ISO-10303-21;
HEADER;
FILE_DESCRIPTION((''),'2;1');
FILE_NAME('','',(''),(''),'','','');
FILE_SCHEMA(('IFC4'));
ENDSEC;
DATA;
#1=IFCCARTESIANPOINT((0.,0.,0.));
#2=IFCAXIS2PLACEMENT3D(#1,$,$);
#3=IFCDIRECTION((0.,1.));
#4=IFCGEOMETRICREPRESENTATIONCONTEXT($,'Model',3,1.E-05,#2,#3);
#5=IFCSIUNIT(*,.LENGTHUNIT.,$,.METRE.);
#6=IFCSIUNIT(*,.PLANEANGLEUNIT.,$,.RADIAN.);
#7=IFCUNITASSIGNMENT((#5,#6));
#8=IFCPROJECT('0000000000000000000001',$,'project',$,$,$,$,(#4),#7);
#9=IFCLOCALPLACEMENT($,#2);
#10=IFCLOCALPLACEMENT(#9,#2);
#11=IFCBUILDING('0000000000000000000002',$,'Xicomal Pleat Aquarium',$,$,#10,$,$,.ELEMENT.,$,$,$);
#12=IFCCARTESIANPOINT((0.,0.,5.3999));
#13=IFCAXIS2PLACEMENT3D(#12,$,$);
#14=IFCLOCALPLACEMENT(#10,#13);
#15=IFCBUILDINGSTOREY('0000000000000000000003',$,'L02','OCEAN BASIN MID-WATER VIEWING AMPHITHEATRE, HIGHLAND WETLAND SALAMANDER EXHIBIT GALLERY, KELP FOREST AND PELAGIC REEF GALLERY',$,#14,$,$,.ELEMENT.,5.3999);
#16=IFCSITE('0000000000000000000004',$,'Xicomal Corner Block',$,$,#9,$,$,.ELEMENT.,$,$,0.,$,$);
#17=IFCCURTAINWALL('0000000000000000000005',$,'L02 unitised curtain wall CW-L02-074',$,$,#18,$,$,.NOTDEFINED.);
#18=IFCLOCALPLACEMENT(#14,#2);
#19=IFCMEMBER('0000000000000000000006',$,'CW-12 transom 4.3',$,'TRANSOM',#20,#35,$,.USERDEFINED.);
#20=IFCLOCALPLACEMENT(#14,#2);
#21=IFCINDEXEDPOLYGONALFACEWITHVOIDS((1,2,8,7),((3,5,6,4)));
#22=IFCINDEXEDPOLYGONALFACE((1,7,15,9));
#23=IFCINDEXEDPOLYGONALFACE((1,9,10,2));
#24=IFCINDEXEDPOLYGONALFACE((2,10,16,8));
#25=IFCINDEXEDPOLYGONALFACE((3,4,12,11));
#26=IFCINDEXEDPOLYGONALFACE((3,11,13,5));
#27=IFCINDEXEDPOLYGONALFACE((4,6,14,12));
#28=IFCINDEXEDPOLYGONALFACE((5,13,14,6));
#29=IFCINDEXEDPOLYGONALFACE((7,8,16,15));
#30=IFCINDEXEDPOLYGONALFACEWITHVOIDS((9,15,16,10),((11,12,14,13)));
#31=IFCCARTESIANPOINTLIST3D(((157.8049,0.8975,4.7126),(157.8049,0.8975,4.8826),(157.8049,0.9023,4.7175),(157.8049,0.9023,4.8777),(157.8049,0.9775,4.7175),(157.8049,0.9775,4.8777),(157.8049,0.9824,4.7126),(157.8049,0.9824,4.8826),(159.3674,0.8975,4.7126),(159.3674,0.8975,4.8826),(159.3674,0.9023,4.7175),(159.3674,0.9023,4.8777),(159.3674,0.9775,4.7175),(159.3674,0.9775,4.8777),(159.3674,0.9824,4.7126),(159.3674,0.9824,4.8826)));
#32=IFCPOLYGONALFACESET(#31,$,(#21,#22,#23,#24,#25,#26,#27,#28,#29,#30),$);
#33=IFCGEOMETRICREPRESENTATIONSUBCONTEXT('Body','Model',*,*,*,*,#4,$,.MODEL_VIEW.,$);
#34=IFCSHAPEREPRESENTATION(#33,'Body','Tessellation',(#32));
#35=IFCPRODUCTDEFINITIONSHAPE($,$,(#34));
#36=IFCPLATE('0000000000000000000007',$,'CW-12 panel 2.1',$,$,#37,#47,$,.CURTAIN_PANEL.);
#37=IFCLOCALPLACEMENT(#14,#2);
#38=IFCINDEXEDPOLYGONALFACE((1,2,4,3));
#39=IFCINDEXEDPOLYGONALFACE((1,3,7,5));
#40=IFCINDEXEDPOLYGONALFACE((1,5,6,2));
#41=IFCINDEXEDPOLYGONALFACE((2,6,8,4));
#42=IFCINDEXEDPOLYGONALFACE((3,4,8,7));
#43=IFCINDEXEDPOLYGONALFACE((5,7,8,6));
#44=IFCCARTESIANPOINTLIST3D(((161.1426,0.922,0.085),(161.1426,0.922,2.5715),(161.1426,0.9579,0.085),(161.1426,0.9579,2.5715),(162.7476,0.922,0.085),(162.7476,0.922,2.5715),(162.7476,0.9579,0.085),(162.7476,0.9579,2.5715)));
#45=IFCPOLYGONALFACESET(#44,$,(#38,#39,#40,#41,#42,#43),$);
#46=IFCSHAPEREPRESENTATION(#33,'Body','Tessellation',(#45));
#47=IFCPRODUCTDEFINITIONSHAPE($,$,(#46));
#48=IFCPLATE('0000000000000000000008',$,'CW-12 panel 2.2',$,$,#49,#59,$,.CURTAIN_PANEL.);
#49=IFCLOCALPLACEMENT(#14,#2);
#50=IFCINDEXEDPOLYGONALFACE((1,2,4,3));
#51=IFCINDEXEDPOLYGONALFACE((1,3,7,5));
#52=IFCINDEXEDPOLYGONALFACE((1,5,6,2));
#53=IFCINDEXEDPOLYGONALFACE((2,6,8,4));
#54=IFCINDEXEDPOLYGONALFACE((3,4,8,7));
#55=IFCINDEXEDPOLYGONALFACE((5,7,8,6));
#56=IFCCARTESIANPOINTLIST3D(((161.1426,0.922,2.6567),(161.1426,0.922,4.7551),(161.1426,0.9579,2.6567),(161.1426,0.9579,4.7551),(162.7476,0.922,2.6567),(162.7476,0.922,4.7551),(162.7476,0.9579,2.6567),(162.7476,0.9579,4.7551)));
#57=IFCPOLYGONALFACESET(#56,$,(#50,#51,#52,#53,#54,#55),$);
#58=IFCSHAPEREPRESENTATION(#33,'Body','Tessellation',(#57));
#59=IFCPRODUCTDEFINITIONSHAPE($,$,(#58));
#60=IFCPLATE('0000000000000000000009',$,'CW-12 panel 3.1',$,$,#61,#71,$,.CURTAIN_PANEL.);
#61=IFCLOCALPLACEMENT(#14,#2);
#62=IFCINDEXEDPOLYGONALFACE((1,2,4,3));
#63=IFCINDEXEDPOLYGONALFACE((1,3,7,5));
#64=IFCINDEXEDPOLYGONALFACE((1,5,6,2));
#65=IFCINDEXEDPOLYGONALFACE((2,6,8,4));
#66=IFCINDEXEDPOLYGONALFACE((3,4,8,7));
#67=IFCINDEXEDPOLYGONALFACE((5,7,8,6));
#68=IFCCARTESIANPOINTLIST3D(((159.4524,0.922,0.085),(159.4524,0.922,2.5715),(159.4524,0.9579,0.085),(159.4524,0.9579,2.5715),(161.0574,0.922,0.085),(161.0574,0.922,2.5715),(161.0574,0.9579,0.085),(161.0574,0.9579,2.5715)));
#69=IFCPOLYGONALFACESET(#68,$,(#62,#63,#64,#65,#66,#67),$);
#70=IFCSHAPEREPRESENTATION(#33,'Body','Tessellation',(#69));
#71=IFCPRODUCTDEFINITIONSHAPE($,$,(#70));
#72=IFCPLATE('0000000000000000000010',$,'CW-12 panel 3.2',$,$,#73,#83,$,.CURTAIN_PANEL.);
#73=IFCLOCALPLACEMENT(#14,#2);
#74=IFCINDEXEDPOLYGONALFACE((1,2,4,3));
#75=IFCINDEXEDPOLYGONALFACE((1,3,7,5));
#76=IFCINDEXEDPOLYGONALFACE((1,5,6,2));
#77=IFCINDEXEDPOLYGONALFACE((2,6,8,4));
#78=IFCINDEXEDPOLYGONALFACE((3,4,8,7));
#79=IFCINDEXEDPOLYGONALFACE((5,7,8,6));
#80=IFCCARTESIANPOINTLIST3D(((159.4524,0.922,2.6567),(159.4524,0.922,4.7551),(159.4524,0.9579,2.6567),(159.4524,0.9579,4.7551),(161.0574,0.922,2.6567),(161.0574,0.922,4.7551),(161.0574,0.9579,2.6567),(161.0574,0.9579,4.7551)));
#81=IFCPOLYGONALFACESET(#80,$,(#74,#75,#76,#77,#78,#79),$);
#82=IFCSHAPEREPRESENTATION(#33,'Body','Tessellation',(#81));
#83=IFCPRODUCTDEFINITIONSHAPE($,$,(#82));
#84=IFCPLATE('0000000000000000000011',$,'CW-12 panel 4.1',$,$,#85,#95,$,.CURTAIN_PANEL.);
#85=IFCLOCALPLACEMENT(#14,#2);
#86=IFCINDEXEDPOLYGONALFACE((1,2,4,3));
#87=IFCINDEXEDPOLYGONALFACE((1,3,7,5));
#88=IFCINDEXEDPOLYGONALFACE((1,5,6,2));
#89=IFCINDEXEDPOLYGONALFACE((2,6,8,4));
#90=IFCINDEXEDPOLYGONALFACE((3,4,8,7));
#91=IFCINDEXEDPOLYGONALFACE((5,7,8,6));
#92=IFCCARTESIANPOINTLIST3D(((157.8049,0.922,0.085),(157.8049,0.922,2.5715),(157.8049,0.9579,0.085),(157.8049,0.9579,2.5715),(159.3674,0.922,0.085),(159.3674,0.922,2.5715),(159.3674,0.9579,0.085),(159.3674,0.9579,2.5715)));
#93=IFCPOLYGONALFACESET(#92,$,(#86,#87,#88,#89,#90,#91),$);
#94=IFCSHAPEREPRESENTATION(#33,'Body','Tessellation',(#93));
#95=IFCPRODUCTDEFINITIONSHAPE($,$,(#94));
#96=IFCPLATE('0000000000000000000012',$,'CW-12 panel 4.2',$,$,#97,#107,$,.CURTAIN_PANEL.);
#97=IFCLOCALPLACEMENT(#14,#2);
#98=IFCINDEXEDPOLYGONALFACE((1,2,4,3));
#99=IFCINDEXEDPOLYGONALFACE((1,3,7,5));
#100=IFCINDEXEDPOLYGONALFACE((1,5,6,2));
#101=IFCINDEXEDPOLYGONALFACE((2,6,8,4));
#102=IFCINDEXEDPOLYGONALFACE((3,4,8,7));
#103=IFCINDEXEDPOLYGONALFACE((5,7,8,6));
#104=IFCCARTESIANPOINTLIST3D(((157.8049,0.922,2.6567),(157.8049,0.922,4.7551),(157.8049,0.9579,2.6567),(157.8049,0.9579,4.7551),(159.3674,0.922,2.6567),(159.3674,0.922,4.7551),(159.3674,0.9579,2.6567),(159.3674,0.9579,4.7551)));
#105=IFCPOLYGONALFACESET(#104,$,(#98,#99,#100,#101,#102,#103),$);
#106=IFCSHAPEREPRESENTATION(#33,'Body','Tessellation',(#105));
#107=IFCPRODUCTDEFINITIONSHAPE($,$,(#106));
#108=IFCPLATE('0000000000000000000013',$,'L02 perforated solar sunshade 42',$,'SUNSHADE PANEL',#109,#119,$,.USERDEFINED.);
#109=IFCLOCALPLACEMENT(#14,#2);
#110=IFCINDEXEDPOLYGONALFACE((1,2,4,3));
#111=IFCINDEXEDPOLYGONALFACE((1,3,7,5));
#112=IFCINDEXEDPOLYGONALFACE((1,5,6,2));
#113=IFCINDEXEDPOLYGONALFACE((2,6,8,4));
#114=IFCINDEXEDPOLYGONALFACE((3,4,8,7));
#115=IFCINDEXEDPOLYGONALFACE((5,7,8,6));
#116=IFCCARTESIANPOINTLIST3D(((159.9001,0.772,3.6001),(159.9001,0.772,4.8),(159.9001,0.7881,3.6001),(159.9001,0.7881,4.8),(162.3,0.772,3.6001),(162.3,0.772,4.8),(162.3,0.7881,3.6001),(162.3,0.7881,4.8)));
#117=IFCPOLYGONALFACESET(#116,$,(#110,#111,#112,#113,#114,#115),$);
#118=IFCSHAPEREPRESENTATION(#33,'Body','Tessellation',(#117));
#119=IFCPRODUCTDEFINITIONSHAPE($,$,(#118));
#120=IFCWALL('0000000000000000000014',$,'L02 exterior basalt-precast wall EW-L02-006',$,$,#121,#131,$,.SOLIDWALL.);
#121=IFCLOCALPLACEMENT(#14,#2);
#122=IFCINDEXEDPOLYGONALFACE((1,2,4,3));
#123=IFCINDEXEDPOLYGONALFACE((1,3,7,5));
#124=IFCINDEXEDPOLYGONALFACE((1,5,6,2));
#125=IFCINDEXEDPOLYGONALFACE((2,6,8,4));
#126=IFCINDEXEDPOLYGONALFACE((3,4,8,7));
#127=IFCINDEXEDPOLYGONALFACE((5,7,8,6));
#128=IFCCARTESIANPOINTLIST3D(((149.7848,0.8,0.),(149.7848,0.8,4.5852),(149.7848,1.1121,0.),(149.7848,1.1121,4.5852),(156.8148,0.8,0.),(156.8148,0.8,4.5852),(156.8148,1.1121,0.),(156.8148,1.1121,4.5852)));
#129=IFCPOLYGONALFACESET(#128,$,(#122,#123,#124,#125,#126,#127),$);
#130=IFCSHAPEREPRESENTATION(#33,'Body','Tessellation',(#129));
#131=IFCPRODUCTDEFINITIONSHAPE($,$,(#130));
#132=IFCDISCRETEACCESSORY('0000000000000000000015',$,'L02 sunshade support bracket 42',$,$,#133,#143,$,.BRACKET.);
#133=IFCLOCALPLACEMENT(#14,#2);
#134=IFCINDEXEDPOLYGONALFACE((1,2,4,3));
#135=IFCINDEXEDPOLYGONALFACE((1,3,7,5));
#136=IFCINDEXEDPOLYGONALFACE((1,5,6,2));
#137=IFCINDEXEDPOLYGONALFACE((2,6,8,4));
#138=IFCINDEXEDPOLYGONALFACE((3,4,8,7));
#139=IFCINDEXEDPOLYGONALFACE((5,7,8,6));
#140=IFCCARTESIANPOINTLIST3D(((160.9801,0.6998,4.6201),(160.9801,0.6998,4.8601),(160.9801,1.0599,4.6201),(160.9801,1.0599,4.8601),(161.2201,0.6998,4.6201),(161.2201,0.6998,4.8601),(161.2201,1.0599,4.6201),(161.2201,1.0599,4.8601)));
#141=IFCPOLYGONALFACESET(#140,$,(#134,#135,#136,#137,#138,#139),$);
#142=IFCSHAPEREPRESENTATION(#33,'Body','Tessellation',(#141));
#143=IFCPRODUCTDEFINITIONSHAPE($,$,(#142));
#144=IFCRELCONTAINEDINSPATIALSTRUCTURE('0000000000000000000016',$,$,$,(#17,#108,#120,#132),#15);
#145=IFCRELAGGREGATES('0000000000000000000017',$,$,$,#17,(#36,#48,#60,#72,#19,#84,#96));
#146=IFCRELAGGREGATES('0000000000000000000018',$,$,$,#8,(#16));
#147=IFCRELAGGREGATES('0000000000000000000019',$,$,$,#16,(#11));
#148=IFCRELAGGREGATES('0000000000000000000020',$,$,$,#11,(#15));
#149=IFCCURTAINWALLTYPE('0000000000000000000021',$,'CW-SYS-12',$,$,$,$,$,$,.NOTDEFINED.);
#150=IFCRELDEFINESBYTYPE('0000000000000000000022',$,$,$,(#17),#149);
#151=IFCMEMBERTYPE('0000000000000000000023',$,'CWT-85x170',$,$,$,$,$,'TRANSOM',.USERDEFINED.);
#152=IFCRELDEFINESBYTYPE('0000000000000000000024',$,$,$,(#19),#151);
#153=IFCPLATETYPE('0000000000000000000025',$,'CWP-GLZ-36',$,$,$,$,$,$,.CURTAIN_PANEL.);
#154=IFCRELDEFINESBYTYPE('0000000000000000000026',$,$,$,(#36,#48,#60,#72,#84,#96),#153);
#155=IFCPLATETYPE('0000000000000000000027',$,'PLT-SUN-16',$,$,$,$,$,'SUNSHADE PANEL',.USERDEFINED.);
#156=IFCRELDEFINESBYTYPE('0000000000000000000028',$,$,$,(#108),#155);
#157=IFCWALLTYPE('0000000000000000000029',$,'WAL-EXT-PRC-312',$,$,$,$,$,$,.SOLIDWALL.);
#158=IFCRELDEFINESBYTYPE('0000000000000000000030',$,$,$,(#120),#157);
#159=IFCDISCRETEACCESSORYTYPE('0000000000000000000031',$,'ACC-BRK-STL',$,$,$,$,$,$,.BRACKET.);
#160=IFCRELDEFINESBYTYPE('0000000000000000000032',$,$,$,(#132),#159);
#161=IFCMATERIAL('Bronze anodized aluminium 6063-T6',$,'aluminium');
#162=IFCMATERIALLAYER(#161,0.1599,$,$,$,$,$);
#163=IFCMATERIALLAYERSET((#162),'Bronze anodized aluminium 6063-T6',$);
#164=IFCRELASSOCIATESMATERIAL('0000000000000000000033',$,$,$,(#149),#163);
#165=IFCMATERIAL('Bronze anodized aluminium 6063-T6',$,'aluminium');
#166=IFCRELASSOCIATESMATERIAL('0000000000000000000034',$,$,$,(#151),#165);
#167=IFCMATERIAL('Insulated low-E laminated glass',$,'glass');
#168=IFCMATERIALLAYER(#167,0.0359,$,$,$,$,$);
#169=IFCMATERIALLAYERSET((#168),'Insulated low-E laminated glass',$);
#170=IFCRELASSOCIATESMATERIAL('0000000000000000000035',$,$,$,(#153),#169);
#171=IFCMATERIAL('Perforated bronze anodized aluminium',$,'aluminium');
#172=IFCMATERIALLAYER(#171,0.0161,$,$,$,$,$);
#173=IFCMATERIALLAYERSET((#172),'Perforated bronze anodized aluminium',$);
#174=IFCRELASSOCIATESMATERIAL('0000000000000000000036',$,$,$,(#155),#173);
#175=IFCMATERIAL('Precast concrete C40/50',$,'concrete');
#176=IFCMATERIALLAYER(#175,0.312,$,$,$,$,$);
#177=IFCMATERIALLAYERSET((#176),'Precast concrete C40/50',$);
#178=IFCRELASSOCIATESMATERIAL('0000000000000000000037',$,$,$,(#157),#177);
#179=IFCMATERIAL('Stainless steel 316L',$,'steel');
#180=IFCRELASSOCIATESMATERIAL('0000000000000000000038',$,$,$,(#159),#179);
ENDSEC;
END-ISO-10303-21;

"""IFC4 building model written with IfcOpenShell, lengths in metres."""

from ifc_helpers import new_model, si_unit, direction, frame, frame_2d, origin, origin_2d, place, context, subcontext, project, spatial, rectangle, hollow_rectangle, extrude, material, layer, layer_set, material_profile, profile_set, type_object, element, aggregate, save


model = new_model("IFC4")

# Units and contexts
model_context = context("Model", 3, precision=1e-05, world=origin(), true_north=direction((0.0, 1.0)))
body_context = subcontext(model_context, "Body", "Model", "MODEL_VIEW")
ifc_project = project(units=[si_unit("LENGTHUNIT", "METRE"), si_unit("PLANEANGLEUNIT", "RADIAN")], contexts=[model_context])

# Site, building, storey
site_placement = place(None, origin())
site = spatial("IfcSite", under=ifc_project, at=site_placement, Name="Xicomal Corner Block", CompositionType="ELEMENT", RefElevation=0.0)
building_placement = place(site_placement, origin())
building = spatial("IfcBuilding", under=site, at=building_placement, Name="Xicomal Pleat Aquarium", CompositionType="ELEMENT")
storey_placement = place(building_placement, frame((0.0, 0.0, 5.3999)))
storey = spatial("IfcBuildingStorey", under=building, at=storey_placement, Name="L02", Description="OCEAN BASIN MID-WATER VIEWING AMPHITHEATRE, HIGHLAND WETLAND SALAMANDER EXHIBIT GALLERY, KELP FOREST AND PELAGIC REEF GALLERY", CompositionType="ELEMENT", Elevation=5.3999)

# Curtain wall, member, plates
ifc_material_1 = material(Name="Bronze anodized aluminium 6063-T6", Category="aluminium")
ifc_layer_1 = layer(ifc_material_1, 0.1599)
ifc_layer_set_1 = layer_set([ifc_layer_1], Name="Bronze anodized aluminium 6063-T6")
curtain_wall_type = type_object("IfcCurtainWallType", Name="CW-SYS-12", PredefinedType="NOTDEFINED", material=ifc_layer_set_1)
curtain_wall_placement = place(storey_placement, origin())
curtain_wall = element("IfcCurtainWall", 1, at=curtain_wall_placement, inside=storey, type_object=curtain_wall_type, Name="L02 unitised curtain wall CW-L02-074", PredefinedType="NOTDEFINED")
ifc_material_2 = material(Name="Bronze anodized aluminium 6063-T6", Category="aluminium")
ifc_material_profile_1 = material_profile(ifc_material_2, hollow_rectangle(XDim=0.085, YDim=0.1699, WallThickness=0.0049, at=origin_2d()), Name="ALU TRAN 85x170")
ifc_profile_set_1 = profile_set([ifc_material_profile_1], Name="Bronze anodized aluminium 6063-T6")
member_type_1 = type_object("IfcMemberType", Name="CWT-85x170", ElementType="TRANSOM", PredefinedType="USERDEFINED", material=ifc_profile_set_1)
member_1_placement = place(storey_placement, frame((159.3674, 0.9399, 4.7976), z_axis=(-1.0, 0.0, 0.0), x_axis=(0.0, -1.0, 0.0)))
member_1 = element("IfcMember", 2, at=member_1_placement, type_object=member_type_1, Name="CW-12 transom 4.3", ObjectType="TRANSOM", PredefinedType="USERDEFINED", context=body_context, shape_type="SweptSolid", body=[
    extrude(hollow_rectangle(XDim=0.085, YDim=0.1699, WallThickness=0.0049, at=origin_2d()), origin(), (0.0, 0.0, 1.0), 1.5625),
])
ifc_material_3 = material(Name="Insulated low-E laminated glass", Category="glass")
ifc_layer_2 = layer(ifc_material_3, 0.0359)
ifc_layer_set_2 = layer_set([ifc_layer_2], Name="Insulated low-E laminated glass")
plate_type_1 = type_object("IfcPlateType", Name="CWP-GLZ-36", PredefinedType="CURTAIN_PANEL", material=ifc_layer_set_2)
plate_1_placement = place(storey_placement, frame((161.9451, 0.9399, 0.085), z_axis=(0.0, 0.0, 1.0), x_axis=(-1.0, 0.0, 0.0)))
plate_1 = element("IfcPlate", 3, at=plate_1_placement, type_object=plate_type_1, Name="CW-12 panel 2.1", PredefinedType="CURTAIN_PANEL", context=body_context, shape_type="SweptSolid", body=[
    extrude(rectangle(XDim=1.605, YDim=0.0359, at=origin_2d()), origin(), (0.0, 0.0, 1.0), 2.4866),
])
plate_2_placement = place(storey_placement, frame((161.9451, 0.9399, 2.6567), z_axis=(0.0, 0.0, 1.0), x_axis=(-1.0, 0.0, 0.0)))
plate_2 = element("IfcPlate", 4, at=plate_2_placement, type_object=plate_type_1, Name="CW-12 panel 2.2", PredefinedType="CURTAIN_PANEL", context=body_context, shape_type="SweptSolid", body=[
    extrude(rectangle(XDim=1.605, YDim=0.0359, at=origin_2d()), origin(), (0.0, 0.0, 1.0), 2.0984),
])
plate_3_placement = place(storey_placement, frame((160.2549, 0.9399, 0.085), z_axis=(0.0, 0.0, 1.0), x_axis=(-1.0, 0.0, 0.0)))
plate_3 = element("IfcPlate", 5, at=plate_3_placement, type_object=plate_type_1, Name="CW-12 panel 3.1", PredefinedType="CURTAIN_PANEL", context=body_context, shape_type="SweptSolid", body=[
    extrude(rectangle(XDim=1.605, YDim=0.0359, at=origin_2d()), origin(), (0.0, 0.0, 1.0), 2.4866),
])
plate_4_placement = place(storey_placement, frame((160.2549, 0.9399, 2.6567), z_axis=(0.0, 0.0, 1.0), x_axis=(-1.0, 0.0, 0.0)))
plate_4 = element("IfcPlate", 6, at=plate_4_placement, type_object=plate_type_1, Name="CW-12 panel 3.2", PredefinedType="CURTAIN_PANEL", context=body_context, shape_type="SweptSolid", body=[
    extrude(rectangle(XDim=1.605, YDim=0.0359, at=origin_2d()), origin(), (0.0, 0.0, 1.0), 2.0984),
])
plate_5_placement = place(storey_placement, frame((158.5862, 0.9399, 0.085), z_axis=(0.0, 0.0, 1.0), x_axis=(-1.0, 0.0, 0.0)))
plate_5 = element("IfcPlate", 7, at=plate_5_placement, type_object=plate_type_1, Name="CW-12 panel 4.1", PredefinedType="CURTAIN_PANEL", context=body_context, shape_type="SweptSolid", body=[
    extrude(rectangle(XDim=1.5625, YDim=0.0359, at=origin_2d()), origin(), (0.0, 0.0, 1.0), 2.4866),
])
plate_6_placement = place(storey_placement, frame((158.5862, 0.9399, 2.6567), z_axis=(0.0, 0.0, 1.0), x_axis=(-1.0, 0.0, 0.0)))
plate_6 = element("IfcPlate", 8, at=plate_6_placement, type_object=plate_type_1, Name="CW-12 panel 4.2", PredefinedType="CURTAIN_PANEL", context=body_context, shape_type="SweptSolid", body=[
    extrude(rectangle(XDim=1.5625, YDim=0.0359, at=origin_2d()), origin(), (0.0, 0.0, 1.0), 2.0984),
])
aggregate(curtain_wall, [plate_1, plate_2, plate_3, plate_4, member_1, plate_5, plate_6])

# Plate
ifc_material_4 = material(Name="Perforated bronze anodized aluminium", Category="aluminium")
ifc_layer_3 = layer(ifc_material_4, 0.0161)
ifc_layer_set_3 = layer_set([ifc_layer_3], Name="Perforated bronze anodized aluminium")
plate_type_2 = type_object("IfcPlateType", Name="PLT-SUN-16", ElementType="SUNSHADE PANEL", PredefinedType="USERDEFINED", material=ifc_layer_set_3)
plate_7_placement = place(storey_placement, frame((161.1001, 0.78, 3.6001), z_axis=(0.0, 0.0, 1.0), x_axis=(-1.0, 0.0, 0.0)))
element("IfcPlate", 9, at=plate_7_placement, inside=storey, type_object=plate_type_2, Name="L02 perforated solar sunshade 42", ObjectType="SUNSHADE PANEL", PredefinedType="USERDEFINED", context=body_context, shape_type="SweptSolid", body=[
    extrude(rectangle(XDim=2.3999, YDim=0.0161, at=origin_2d()), origin(), (0.0, 0.0, 1.0), 1.2),
])

# Wall
ifc_material_5 = material(Name="Precast concrete C40/50", Category="concrete")
ifc_layer_4 = layer(ifc_material_5, 0.312)
ifc_layer_set_4 = layer_set([ifc_layer_4], Name="Precast concrete C40/50")
wall_type = type_object("IfcWallType", Name="WAL-EXT-PRC-312", PredefinedType="SOLIDWALL", material=ifc_layer_set_4)
wall_placement = place(storey_placement, frame((156.8149, 0.9561, 0.0), z_axis=(0.0, 0.0, 1.0), x_axis=(-1.0, 0.0, 0.0)))
element("IfcWall", 10, at=wall_placement, inside=storey, type_object=wall_type, Name="L02 exterior basalt-precast wall EW-L02-006", PredefinedType="SOLIDWALL", context=body_context, shape_type="SweptSolid", body=[
    extrude(rectangle(XDim=7.03, YDim=0.312, at=frame_2d((3.5151, 0.0))), origin(), (0.0, 0.0, 1.0), 4.5852),
])

# Discrete accessory
ifc_material_6 = material(Name="Stainless steel 316L", Category="steel")
discrete_accessory_type = type_object("IfcDiscreteAccessoryType", Name="ACC-BRK-STL", PredefinedType="BRACKET", material=ifc_material_6)
discrete_accessory_placement = place(storey_placement, frame((161.1001, 0.8799, 4.6201), z_axis=(0.0, 0.0, 1.0), x_axis=(-1.0, 0.0, 0.0)))
element("IfcDiscreteAccessory", 11, at=discrete_accessory_placement, inside=storey, type_object=discrete_accessory_type, Name="L02 sunshade support bracket 42", PredefinedType="BRACKET", context=body_context, shape_type="SweptSolid", body=[
    extrude(rectangle(XDim=0.24, YDim=0.3601, at=origin_2d()), origin(), (0.0, 0.0, 1.0), 0.24),
])

save(model, "model.ifc")
